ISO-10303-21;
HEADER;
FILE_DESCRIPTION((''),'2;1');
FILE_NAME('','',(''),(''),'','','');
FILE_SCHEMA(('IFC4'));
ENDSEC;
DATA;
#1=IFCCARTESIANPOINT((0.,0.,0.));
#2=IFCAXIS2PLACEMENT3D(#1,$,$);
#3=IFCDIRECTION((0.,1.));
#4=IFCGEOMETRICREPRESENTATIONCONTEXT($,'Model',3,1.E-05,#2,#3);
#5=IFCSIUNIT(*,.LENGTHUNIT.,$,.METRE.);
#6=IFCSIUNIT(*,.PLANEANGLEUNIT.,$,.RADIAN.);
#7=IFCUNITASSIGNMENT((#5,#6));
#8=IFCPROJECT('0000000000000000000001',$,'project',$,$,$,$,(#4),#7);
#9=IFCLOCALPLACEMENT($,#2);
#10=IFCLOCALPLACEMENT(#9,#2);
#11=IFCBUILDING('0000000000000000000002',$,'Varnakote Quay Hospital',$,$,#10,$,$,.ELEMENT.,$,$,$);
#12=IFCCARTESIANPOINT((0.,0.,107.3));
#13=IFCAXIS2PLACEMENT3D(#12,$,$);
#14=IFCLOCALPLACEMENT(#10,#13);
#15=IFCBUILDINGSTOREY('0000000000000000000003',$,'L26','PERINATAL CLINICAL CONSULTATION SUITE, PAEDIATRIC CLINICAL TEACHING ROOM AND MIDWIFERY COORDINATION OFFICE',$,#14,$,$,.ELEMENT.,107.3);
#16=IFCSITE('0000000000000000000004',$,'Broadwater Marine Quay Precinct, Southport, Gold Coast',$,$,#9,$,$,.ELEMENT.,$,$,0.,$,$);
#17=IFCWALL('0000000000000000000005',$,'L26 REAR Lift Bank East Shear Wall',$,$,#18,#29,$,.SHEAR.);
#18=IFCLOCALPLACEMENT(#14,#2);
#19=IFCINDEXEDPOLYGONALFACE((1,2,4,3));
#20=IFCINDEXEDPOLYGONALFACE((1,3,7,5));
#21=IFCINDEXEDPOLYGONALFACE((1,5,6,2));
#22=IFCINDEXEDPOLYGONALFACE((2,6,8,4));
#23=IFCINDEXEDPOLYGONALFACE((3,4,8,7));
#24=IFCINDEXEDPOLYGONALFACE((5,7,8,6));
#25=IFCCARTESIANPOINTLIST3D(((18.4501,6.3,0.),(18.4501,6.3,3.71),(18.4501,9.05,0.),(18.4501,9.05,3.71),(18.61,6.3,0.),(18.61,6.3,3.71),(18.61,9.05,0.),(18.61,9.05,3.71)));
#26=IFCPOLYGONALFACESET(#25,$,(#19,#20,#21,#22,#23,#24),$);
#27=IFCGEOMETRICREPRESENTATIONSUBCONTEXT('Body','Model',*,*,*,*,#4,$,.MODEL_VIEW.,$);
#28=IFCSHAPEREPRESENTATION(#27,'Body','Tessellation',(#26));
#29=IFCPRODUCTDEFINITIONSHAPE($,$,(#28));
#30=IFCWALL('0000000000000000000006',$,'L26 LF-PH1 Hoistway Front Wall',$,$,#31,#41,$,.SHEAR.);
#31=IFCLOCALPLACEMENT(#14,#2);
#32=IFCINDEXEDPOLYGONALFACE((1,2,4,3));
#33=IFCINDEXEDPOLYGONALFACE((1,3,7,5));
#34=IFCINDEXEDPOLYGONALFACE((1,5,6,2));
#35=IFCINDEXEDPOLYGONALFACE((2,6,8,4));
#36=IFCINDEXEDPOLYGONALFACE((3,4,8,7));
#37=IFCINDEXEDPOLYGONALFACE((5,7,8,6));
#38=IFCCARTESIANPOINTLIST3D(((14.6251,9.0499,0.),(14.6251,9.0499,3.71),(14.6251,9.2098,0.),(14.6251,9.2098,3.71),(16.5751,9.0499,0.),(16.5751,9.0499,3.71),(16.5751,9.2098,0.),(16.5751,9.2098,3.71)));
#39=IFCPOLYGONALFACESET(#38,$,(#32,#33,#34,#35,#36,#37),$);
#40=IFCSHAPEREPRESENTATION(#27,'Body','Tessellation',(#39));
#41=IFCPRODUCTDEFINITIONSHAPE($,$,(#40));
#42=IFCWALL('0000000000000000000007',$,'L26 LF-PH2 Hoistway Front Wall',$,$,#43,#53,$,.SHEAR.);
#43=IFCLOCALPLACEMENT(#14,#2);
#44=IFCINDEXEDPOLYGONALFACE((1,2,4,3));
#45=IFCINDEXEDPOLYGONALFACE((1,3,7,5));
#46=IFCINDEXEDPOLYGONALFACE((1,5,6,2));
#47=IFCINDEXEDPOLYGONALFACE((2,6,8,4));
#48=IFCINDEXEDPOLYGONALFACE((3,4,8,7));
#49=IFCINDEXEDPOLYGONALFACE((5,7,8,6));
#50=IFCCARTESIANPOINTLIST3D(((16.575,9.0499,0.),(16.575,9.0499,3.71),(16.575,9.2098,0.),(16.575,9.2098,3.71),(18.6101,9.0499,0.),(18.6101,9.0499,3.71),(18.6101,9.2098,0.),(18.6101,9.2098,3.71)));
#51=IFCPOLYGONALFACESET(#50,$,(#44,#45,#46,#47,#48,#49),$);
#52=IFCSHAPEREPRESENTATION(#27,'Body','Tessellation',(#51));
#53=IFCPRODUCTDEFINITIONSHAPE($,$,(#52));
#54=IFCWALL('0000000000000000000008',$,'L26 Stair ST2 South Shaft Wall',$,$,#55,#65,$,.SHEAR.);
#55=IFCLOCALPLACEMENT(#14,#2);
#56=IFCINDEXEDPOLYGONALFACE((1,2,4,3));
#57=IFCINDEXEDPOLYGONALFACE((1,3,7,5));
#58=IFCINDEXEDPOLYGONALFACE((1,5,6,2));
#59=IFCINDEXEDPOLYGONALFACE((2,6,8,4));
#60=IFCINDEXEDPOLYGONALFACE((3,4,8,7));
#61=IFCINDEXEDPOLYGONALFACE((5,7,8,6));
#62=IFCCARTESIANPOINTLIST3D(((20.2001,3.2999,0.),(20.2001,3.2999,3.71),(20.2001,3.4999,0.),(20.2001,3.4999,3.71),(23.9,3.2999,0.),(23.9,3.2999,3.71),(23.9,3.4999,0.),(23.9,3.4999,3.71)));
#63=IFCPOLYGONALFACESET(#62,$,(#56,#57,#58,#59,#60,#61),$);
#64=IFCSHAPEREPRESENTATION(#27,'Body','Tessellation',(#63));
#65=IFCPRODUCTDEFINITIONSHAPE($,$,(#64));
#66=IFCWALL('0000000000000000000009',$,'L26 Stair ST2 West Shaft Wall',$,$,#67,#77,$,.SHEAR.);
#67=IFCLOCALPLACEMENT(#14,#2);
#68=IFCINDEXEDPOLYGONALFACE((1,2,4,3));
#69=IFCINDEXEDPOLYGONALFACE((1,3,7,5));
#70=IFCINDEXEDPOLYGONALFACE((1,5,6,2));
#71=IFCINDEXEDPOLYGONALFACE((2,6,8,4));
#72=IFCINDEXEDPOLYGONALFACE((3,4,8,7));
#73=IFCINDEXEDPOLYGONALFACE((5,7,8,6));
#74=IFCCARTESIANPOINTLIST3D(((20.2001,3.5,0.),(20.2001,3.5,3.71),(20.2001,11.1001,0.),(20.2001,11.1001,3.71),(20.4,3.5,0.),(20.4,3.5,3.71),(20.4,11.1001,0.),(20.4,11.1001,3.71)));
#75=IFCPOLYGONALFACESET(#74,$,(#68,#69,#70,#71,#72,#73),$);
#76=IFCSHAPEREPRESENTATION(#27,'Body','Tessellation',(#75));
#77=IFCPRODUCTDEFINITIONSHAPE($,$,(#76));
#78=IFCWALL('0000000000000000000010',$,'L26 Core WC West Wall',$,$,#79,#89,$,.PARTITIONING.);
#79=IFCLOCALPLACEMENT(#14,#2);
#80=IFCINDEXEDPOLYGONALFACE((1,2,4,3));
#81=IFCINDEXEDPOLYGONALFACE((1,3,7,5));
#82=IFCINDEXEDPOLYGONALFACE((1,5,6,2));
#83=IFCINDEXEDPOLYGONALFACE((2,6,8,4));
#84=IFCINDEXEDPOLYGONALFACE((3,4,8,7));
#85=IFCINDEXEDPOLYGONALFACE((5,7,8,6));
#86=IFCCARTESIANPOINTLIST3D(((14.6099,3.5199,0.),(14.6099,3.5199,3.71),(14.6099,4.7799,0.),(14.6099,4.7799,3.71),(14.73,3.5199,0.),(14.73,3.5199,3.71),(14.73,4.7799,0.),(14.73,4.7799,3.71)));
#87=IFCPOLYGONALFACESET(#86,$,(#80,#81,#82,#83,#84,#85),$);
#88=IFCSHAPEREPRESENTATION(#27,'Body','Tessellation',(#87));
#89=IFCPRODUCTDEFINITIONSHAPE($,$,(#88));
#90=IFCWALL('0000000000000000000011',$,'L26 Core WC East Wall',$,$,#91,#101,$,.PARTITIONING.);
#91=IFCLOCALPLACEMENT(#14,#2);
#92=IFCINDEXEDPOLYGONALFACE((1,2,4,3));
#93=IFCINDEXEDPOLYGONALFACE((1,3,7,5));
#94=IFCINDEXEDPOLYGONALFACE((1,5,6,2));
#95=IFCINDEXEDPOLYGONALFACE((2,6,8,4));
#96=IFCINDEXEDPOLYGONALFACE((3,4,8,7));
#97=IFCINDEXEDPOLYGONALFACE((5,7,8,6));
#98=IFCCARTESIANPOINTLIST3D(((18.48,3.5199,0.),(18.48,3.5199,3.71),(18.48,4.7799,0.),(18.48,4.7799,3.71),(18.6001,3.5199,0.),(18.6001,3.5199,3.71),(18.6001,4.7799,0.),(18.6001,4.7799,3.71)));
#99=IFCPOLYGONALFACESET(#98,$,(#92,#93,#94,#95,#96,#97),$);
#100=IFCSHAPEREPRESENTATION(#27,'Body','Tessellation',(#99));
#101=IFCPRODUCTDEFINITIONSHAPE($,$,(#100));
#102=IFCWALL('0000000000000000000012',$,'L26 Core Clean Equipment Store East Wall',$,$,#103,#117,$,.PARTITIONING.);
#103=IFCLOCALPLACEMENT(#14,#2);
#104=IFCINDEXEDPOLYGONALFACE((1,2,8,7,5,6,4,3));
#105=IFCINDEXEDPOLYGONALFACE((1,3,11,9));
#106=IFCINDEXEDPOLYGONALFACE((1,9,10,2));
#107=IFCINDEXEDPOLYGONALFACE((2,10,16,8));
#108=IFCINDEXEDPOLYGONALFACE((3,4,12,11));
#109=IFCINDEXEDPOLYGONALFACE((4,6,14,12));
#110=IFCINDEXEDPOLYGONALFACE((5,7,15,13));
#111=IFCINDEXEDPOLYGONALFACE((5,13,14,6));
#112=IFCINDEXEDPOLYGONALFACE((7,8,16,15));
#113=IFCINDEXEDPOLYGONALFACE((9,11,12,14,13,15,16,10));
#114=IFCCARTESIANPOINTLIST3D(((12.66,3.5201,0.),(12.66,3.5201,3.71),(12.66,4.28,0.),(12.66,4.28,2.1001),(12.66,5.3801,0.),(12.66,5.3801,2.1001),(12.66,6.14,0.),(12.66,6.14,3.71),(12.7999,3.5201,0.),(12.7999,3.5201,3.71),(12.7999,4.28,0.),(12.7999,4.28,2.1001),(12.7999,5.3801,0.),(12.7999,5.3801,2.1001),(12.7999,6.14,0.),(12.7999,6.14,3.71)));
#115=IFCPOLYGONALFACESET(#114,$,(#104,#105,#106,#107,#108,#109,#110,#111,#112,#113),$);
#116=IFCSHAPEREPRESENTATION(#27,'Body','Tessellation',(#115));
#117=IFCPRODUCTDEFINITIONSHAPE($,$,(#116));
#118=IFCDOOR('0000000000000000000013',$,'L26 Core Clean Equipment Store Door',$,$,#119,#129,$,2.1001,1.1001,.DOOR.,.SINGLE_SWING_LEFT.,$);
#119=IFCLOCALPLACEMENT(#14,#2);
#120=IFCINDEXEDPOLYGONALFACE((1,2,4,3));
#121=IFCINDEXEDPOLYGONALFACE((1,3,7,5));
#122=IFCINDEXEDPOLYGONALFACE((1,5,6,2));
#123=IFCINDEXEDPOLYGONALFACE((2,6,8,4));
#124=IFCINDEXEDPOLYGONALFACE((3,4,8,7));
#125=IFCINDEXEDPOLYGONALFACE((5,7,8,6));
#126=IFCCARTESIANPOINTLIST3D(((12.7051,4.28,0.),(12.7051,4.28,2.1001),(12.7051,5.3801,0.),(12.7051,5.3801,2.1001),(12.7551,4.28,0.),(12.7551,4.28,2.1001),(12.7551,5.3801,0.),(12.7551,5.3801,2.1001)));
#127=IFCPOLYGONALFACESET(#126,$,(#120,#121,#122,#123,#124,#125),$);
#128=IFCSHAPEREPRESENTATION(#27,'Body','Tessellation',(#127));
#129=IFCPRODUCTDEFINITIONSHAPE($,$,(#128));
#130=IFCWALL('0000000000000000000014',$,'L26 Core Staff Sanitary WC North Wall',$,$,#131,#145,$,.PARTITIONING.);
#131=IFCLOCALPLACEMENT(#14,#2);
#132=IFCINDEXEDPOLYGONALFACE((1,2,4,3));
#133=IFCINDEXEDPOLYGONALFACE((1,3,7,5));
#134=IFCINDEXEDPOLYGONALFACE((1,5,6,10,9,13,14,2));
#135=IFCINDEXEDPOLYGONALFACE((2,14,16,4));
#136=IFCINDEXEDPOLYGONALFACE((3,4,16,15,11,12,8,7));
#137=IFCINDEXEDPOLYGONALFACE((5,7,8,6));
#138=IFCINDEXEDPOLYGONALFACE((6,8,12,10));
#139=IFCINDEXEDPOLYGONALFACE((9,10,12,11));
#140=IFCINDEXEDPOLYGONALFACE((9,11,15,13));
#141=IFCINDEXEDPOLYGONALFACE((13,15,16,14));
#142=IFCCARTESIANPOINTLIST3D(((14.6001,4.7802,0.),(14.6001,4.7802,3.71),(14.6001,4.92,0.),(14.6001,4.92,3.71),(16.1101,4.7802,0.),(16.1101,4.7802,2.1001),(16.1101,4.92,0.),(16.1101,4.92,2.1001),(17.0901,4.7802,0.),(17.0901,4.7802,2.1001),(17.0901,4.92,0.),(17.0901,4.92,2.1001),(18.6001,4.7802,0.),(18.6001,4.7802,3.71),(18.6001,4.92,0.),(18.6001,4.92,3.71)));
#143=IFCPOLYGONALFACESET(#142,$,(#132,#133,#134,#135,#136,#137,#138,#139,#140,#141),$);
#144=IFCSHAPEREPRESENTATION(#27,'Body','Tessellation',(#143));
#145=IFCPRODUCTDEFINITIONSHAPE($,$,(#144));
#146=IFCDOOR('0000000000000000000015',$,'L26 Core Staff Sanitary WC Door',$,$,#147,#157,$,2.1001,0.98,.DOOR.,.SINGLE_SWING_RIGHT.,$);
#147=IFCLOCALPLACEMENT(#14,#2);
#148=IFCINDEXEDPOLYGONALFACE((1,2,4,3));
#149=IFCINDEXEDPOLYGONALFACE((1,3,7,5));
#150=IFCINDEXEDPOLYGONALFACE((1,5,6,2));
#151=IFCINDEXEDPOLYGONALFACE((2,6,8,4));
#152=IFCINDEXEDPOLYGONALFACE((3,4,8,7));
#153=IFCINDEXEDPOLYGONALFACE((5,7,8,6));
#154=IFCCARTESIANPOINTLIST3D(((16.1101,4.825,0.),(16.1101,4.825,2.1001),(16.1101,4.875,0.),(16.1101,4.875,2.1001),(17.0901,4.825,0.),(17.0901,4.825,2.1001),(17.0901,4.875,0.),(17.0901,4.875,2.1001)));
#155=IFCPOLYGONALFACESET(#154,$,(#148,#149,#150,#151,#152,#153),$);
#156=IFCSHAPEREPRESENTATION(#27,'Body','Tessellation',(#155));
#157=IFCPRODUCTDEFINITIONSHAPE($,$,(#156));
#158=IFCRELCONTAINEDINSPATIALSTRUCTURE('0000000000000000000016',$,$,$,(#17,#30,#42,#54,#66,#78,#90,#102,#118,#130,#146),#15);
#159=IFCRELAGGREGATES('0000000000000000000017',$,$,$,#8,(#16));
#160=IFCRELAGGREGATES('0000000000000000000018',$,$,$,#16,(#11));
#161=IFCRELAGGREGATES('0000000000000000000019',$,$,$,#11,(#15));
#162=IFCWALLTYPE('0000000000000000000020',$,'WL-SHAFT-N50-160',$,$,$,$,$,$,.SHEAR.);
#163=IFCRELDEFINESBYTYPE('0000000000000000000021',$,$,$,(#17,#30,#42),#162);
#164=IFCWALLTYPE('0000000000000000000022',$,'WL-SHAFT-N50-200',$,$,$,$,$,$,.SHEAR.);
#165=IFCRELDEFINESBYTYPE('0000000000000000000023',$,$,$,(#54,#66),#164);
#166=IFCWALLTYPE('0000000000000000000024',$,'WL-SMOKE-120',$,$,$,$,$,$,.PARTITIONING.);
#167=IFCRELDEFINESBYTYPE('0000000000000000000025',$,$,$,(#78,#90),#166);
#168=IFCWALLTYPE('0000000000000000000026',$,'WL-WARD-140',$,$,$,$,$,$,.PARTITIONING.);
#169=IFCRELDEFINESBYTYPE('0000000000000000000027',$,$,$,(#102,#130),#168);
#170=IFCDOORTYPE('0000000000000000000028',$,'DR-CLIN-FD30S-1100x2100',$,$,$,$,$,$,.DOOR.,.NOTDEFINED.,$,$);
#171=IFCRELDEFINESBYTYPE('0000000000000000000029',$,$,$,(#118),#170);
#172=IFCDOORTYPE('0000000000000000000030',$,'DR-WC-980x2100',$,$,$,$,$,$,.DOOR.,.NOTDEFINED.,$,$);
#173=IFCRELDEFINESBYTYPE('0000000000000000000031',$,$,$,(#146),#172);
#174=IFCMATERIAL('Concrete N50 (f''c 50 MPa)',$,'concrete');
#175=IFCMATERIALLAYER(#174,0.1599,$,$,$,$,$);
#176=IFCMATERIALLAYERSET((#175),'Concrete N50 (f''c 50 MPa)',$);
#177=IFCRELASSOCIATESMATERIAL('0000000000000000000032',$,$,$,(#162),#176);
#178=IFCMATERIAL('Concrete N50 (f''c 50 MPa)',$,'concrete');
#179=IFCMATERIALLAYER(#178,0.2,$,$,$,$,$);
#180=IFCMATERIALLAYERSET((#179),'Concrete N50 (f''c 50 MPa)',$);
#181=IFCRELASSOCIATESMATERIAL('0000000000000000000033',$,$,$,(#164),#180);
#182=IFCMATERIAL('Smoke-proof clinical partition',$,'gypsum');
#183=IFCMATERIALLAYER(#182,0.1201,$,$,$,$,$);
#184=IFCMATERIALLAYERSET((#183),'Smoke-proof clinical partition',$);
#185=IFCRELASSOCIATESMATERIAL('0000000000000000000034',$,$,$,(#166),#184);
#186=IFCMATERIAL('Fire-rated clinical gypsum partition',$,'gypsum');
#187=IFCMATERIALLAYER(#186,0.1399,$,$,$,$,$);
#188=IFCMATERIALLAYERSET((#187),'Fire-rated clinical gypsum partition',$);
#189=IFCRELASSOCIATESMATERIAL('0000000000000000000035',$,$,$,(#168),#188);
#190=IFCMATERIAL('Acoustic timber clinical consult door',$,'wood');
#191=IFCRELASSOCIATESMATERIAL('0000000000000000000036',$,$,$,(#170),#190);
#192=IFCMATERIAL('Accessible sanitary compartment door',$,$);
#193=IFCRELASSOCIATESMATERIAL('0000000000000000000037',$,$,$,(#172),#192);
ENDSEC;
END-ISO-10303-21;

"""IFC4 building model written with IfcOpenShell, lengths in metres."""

from ifc_helpers import new_model, si_unit, direction, frame, frame_2d, origin, place, context, subcontext, project, spatial, rectangle, extrude, material, layer, layer_set, type_object, element, fill, save


model = new_model("IFC4")

# Units and contexts
model_context = context("Model", 3, precision=1e-05, world=origin(), true_north=direction((0.0, 1.0)))
body_context = subcontext(model_context, "Body", "Model", "MODEL_VIEW")
ifc_project = project(units=[si_unit("LENGTHUNIT", "METRE"), si_unit("PLANEANGLEUNIT", "RADIAN")], contexts=[model_context])

# Site, building, storey
site_placement = place(None, origin())
site = spatial("IfcSite", under=ifc_project, at=site_placement, Name="Broadwater Marine Quay Precinct, Southport, Gold Coast", CompositionType="ELEMENT", RefElevation=0.0)
building_placement = place(site_placement, origin())
building = spatial("IfcBuilding", under=site, at=building_placement, Name="Varnakote Quay Hospital", CompositionType="ELEMENT")
storey_placement = place(building_placement, frame((0.0, 0.0, 107.3)))
storey = spatial("IfcBuildingStorey", under=building, at=storey_placement, Name="L26", Description="PERINATAL CLINICAL CONSULTATION SUITE, PAEDIATRIC CLINICAL TEACHING ROOM AND MIDWIFERY COORDINATION OFFICE", CompositionType="ELEMENT", Elevation=107.3)

# Walls
ifc_material_1 = material(Name="Concrete N50 (f'c 50 MPa)", Category="concrete")
ifc_layer_1 = layer(ifc_material_1, 0.1599)
ifc_layer_set_1 = layer_set([ifc_layer_1], Name="Concrete N50 (f'c 50 MPa)")
wall_type_1 = type_object("IfcWallType", Name="WL-SHAFT-N50-160", PredefinedType="SHEAR", material=ifc_layer_set_1)
wall_1_placement = place(storey_placement, frame((18.53, 6.3, 0.0), z_axis=(0.0, 0.0, 1.0), x_axis=(0.0, 1.0, 0.0)))
element("IfcWall", 1, at=wall_1_placement, inside=storey, type_object=wall_type_1, Name="L26 REAR Lift Bank East Shear Wall", PredefinedType="SHEAR", context=body_context, shape_type="SweptSolid", body=[
    extrude(rectangle(XDim=2.75, YDim=0.1599, at=frame_2d((1.375, 0.0))), origin(), (0.0, 0.0, 1.0), 3.71),
])
wall_2_placement = place(storey_placement, frame((14.625, 9.1299, 0.0), z_axis=(0.0, 0.0, 1.0), x_axis=(1.0, 0.0, 0.0)))
element("IfcWall", 2, at=wall_2_placement, inside=storey, type_object=wall_type_1, Name="L26 LF-PH1 Hoistway Front Wall", PredefinedType="SHEAR", context=body_context, shape_type="SweptSolid", body=[
    extrude(rectangle(XDim=1.95, YDim=0.1599, at=frame_2d((0.9751, 0.0))), origin(), (0.0, 0.0, 1.0), 3.71),
])
wall_3_placement = place(storey_placement, frame((16.575, 9.1299, 0.0), z_axis=(0.0, 0.0, 1.0), x_axis=(1.0, 0.0, 0.0)))
element("IfcWall", 3, at=wall_3_placement, inside=storey, type_object=wall_type_1, Name="L26 LF-PH2 Hoistway Front Wall", PredefinedType="SHEAR", context=body_context, shape_type="SweptSolid", body=[
    extrude(rectangle(XDim=2.0352, YDim=0.1599, at=frame_2d((1.0176, 0.0))), origin(), (0.0, 0.0, 1.0), 3.71),
])
ifc_material_2 = material(Name="Concrete N50 (f'c 50 MPa)", Category="concrete")
ifc_layer_2 = layer(ifc_material_2, 0.2)
ifc_layer_set_2 = layer_set([ifc_layer_2], Name="Concrete N50 (f'c 50 MPa)")
wall_type_2 = type_object("IfcWallType", Name="WL-SHAFT-N50-200", PredefinedType="SHEAR", material=ifc_layer_set_2)
wall_4_placement = place(storey_placement, frame((20.2, 3.3999, 0.0), z_axis=(0.0, 0.0, 1.0), x_axis=(1.0, 0.0, 0.0)))
element("IfcWall", 4, at=wall_4_placement, inside=storey, type_object=wall_type_2, Name="L26 Stair ST2 South Shaft Wall", PredefinedType="SHEAR", context=body_context, shape_type="SweptSolid", body=[
    extrude(rectangle(XDim=3.7, YDim=0.2, at=frame_2d((1.8501, 0.0))), origin(), (0.0, 0.0, 1.0), 3.71),
])
wall_5_placement = place(storey_placement, frame((20.3, 3.5, 0.0), z_axis=(0.0, 0.0, 1.0), x_axis=(0.0, 1.0, 0.0)))
element("IfcWall", 5, at=wall_5_placement, inside=storey, type_object=wall_type_2, Name="L26 Stair ST2 West Shaft Wall", PredefinedType="SHEAR", context=body_context, shape_type="SweptSolid", body=[
    extrude(rectangle(XDim=7.6001, YDim=0.2, at=frame_2d((3.8, 0.0))), origin(), (0.0, 0.0, 1.0), 3.71),
])

# Walls
ifc_material_3 = material(Name="Smoke-proof clinical partition", Category="gypsum")
ifc_layer_3 = layer(ifc_material_3, 0.1201)
ifc_layer_set_3 = layer_set([ifc_layer_3], Name="Smoke-proof clinical partition")
wall_type_3 = type_object("IfcWallType", Name="WL-SMOKE-120", PredefinedType="PARTITIONING", material=ifc_layer_set_3)
for number, where, z_axis, x_axis, name in (
    (6, (14.6699, 3.52, 0.0), (0.0, 0.0, 1.0), (0.0, 1.0, 0.0), "L26 Core WC West Wall"),
    (7, (18.54, 3.52, 0.0), (0.0, 0.0, 1.0), (0.0, 1.0, 0.0), "L26 Core WC East Wall"),
):
    element("IfcWall", number, at=place(storey_placement, frame(where, z_axis=z_axis, x_axis=x_axis)), inside=storey, type_object=wall_type_3, Name=name, PredefinedType="PARTITIONING", context=body_context, shape_type="SweptSolid", body=[
        extrude(rectangle(XDim=1.26, YDim=0.1201, at=frame_2d((0.6299, 0.0))), origin(), (0.0, 0.0, 1.0), 3.71),
    ])

# Walls, openings, doors
ifc_material_4 = material(Name="Fire-rated clinical gypsum partition", Category="gypsum")
ifc_layer_4 = layer(ifc_material_4, 0.1399)
ifc_layer_set_4 = layer_set([ifc_layer_4], Name="Fire-rated clinical gypsum partition")
wall_type_4 = type_object("IfcWallType", Name="WL-WARD-140", PredefinedType="PARTITIONING", material=ifc_layer_set_4)
wall_6_placement = place(storey_placement, frame((12.73, 3.52, 0.0), z_axis=(0.0, 0.0, 1.0), x_axis=(0.0, 1.0, 0.0)))
wall_6 = element("IfcWall", 8, at=wall_6_placement, inside=storey, type_object=wall_type_4, Name="L26 Core Clean Equipment Store East Wall", PredefinedType="PARTITIONING", context=body_context, shape_type="SweptSolid", body=[
    extrude(rectangle(XDim=2.6199, YDim=0.1399, at=frame_2d((1.3101, 0.0))), origin(), (0.0, 0.0, 1.0), 3.71),
])
opening_1_placement = place(wall_6_placement, frame((0.76, 0.0, 0.0)))
opening_1 = element("IfcOpeningElement", 9, at=opening_1_placement, cuts=wall_6, PredefinedType="OPENING", context=body_context, shape_type="SweptSolid", body=[
    extrude(rectangle(XDim=1.1001, YDim=2.1001, at=frame_2d((0.55, 1.05))), frame((0.0, 0.0798, 0.0), z_axis=(0.0, -1.0, 0.0), x_axis=(1.0, 0.0, 0.0)), (0.0, 0.0, 1.0), 0.1599),
])
ifc_material_5 = material(Name="Acoustic timber clinical consult door", Category="wood")
door_type_1 = type_object("IfcDoorType", Name="DR-CLIN-FD30S-1100x2100", OperationType="NOTDEFINED", PredefinedType="DOOR", material=ifc_material_5)
door_1_placement = place(opening_1_placement, origin())
door_1 = element("IfcDoor", 10, at=door_1_placement, inside=storey, type_object=door_type_1, Name="L26 Core Clean Equipment Store Door", OperationType="SINGLE_SWING_LEFT", OverallHeight=2.1001, OverallWidth=1.1001, PredefinedType="DOOR", context=body_context, shape_type="SweptSolid", body=[
    extrude(rectangle(XDim=1.1001, YDim=2.1001, at=frame_2d((0.55, 1.05))), frame((0.0, 0.0249, 0.0), z_axis=(0.0, -1.0, 0.0), x_axis=(1.0, 0.0, 0.0)), (0.0, 0.0, 1.0), 0.05),
])
fill(opening_1, door_1)
wall_7_placement = place(storey_placement, frame((14.6001, 4.8501, 0.0), z_axis=(0.0, 0.0, 1.0), x_axis=(1.0, 0.0, 0.0)))
wall_7 = element("IfcWall", 11, at=wall_7_placement, inside=storey, type_object=wall_type_4, Name="L26 Core Staff Sanitary WC North Wall", PredefinedType="PARTITIONING", context=body_context, shape_type="SweptSolid", body=[
    extrude(rectangle(XDim=4.0, YDim=0.1399, at=frame_2d((2.0, 0.0))), origin(), (0.0, 0.0, 1.0), 3.71),
])
opening_2_placement = place(wall_7_placement, frame((1.51, 0.0, 0.0)))
opening_2 = element("IfcOpeningElement", 12, at=opening_2_placement, cuts=wall_7, PredefinedType="OPENING", context=body_context, shape_type="SweptSolid", body=[
    extrude(rectangle(XDim=0.98, YDim=2.1001, at=frame_2d((0.49, 1.05))), frame((0.0, 0.0798, 0.0), z_axis=(0.0, -1.0, 0.0), x_axis=(1.0, 0.0, 0.0)), (0.0, 0.0, 1.0), 0.1599),
])
ifc_material_6 = material(Name="Accessible sanitary compartment door")
door_type_2 = type_object("IfcDoorType", Name="DR-WC-980x2100", OperationType="NOTDEFINED", PredefinedType="DOOR", material=ifc_material_6)
door_2_placement = place(opening_2_placement, origin())
door_2 = element("IfcDoor", 13, at=door_2_placement, inside=storey, type_object=door_type_2, Name="L26 Core Staff Sanitary WC Door", OperationType="SINGLE_SWING_RIGHT", OverallHeight=2.1001, OverallWidth=0.98, PredefinedType="DOOR", context=body_context, shape_type="SweptSolid", body=[
    extrude(rectangle(XDim=0.98, YDim=2.1001, at=frame_2d((0.49, 1.05))), frame((0.0, 0.0249, 0.0), z_axis=(0.0, -1.0, 0.0), x_axis=(1.0, 0.0, 0.0)), (0.0, 0.0, 1.0), 0.05),
])
fill(opening_2, door_2)

save(model, "model.ifc")
